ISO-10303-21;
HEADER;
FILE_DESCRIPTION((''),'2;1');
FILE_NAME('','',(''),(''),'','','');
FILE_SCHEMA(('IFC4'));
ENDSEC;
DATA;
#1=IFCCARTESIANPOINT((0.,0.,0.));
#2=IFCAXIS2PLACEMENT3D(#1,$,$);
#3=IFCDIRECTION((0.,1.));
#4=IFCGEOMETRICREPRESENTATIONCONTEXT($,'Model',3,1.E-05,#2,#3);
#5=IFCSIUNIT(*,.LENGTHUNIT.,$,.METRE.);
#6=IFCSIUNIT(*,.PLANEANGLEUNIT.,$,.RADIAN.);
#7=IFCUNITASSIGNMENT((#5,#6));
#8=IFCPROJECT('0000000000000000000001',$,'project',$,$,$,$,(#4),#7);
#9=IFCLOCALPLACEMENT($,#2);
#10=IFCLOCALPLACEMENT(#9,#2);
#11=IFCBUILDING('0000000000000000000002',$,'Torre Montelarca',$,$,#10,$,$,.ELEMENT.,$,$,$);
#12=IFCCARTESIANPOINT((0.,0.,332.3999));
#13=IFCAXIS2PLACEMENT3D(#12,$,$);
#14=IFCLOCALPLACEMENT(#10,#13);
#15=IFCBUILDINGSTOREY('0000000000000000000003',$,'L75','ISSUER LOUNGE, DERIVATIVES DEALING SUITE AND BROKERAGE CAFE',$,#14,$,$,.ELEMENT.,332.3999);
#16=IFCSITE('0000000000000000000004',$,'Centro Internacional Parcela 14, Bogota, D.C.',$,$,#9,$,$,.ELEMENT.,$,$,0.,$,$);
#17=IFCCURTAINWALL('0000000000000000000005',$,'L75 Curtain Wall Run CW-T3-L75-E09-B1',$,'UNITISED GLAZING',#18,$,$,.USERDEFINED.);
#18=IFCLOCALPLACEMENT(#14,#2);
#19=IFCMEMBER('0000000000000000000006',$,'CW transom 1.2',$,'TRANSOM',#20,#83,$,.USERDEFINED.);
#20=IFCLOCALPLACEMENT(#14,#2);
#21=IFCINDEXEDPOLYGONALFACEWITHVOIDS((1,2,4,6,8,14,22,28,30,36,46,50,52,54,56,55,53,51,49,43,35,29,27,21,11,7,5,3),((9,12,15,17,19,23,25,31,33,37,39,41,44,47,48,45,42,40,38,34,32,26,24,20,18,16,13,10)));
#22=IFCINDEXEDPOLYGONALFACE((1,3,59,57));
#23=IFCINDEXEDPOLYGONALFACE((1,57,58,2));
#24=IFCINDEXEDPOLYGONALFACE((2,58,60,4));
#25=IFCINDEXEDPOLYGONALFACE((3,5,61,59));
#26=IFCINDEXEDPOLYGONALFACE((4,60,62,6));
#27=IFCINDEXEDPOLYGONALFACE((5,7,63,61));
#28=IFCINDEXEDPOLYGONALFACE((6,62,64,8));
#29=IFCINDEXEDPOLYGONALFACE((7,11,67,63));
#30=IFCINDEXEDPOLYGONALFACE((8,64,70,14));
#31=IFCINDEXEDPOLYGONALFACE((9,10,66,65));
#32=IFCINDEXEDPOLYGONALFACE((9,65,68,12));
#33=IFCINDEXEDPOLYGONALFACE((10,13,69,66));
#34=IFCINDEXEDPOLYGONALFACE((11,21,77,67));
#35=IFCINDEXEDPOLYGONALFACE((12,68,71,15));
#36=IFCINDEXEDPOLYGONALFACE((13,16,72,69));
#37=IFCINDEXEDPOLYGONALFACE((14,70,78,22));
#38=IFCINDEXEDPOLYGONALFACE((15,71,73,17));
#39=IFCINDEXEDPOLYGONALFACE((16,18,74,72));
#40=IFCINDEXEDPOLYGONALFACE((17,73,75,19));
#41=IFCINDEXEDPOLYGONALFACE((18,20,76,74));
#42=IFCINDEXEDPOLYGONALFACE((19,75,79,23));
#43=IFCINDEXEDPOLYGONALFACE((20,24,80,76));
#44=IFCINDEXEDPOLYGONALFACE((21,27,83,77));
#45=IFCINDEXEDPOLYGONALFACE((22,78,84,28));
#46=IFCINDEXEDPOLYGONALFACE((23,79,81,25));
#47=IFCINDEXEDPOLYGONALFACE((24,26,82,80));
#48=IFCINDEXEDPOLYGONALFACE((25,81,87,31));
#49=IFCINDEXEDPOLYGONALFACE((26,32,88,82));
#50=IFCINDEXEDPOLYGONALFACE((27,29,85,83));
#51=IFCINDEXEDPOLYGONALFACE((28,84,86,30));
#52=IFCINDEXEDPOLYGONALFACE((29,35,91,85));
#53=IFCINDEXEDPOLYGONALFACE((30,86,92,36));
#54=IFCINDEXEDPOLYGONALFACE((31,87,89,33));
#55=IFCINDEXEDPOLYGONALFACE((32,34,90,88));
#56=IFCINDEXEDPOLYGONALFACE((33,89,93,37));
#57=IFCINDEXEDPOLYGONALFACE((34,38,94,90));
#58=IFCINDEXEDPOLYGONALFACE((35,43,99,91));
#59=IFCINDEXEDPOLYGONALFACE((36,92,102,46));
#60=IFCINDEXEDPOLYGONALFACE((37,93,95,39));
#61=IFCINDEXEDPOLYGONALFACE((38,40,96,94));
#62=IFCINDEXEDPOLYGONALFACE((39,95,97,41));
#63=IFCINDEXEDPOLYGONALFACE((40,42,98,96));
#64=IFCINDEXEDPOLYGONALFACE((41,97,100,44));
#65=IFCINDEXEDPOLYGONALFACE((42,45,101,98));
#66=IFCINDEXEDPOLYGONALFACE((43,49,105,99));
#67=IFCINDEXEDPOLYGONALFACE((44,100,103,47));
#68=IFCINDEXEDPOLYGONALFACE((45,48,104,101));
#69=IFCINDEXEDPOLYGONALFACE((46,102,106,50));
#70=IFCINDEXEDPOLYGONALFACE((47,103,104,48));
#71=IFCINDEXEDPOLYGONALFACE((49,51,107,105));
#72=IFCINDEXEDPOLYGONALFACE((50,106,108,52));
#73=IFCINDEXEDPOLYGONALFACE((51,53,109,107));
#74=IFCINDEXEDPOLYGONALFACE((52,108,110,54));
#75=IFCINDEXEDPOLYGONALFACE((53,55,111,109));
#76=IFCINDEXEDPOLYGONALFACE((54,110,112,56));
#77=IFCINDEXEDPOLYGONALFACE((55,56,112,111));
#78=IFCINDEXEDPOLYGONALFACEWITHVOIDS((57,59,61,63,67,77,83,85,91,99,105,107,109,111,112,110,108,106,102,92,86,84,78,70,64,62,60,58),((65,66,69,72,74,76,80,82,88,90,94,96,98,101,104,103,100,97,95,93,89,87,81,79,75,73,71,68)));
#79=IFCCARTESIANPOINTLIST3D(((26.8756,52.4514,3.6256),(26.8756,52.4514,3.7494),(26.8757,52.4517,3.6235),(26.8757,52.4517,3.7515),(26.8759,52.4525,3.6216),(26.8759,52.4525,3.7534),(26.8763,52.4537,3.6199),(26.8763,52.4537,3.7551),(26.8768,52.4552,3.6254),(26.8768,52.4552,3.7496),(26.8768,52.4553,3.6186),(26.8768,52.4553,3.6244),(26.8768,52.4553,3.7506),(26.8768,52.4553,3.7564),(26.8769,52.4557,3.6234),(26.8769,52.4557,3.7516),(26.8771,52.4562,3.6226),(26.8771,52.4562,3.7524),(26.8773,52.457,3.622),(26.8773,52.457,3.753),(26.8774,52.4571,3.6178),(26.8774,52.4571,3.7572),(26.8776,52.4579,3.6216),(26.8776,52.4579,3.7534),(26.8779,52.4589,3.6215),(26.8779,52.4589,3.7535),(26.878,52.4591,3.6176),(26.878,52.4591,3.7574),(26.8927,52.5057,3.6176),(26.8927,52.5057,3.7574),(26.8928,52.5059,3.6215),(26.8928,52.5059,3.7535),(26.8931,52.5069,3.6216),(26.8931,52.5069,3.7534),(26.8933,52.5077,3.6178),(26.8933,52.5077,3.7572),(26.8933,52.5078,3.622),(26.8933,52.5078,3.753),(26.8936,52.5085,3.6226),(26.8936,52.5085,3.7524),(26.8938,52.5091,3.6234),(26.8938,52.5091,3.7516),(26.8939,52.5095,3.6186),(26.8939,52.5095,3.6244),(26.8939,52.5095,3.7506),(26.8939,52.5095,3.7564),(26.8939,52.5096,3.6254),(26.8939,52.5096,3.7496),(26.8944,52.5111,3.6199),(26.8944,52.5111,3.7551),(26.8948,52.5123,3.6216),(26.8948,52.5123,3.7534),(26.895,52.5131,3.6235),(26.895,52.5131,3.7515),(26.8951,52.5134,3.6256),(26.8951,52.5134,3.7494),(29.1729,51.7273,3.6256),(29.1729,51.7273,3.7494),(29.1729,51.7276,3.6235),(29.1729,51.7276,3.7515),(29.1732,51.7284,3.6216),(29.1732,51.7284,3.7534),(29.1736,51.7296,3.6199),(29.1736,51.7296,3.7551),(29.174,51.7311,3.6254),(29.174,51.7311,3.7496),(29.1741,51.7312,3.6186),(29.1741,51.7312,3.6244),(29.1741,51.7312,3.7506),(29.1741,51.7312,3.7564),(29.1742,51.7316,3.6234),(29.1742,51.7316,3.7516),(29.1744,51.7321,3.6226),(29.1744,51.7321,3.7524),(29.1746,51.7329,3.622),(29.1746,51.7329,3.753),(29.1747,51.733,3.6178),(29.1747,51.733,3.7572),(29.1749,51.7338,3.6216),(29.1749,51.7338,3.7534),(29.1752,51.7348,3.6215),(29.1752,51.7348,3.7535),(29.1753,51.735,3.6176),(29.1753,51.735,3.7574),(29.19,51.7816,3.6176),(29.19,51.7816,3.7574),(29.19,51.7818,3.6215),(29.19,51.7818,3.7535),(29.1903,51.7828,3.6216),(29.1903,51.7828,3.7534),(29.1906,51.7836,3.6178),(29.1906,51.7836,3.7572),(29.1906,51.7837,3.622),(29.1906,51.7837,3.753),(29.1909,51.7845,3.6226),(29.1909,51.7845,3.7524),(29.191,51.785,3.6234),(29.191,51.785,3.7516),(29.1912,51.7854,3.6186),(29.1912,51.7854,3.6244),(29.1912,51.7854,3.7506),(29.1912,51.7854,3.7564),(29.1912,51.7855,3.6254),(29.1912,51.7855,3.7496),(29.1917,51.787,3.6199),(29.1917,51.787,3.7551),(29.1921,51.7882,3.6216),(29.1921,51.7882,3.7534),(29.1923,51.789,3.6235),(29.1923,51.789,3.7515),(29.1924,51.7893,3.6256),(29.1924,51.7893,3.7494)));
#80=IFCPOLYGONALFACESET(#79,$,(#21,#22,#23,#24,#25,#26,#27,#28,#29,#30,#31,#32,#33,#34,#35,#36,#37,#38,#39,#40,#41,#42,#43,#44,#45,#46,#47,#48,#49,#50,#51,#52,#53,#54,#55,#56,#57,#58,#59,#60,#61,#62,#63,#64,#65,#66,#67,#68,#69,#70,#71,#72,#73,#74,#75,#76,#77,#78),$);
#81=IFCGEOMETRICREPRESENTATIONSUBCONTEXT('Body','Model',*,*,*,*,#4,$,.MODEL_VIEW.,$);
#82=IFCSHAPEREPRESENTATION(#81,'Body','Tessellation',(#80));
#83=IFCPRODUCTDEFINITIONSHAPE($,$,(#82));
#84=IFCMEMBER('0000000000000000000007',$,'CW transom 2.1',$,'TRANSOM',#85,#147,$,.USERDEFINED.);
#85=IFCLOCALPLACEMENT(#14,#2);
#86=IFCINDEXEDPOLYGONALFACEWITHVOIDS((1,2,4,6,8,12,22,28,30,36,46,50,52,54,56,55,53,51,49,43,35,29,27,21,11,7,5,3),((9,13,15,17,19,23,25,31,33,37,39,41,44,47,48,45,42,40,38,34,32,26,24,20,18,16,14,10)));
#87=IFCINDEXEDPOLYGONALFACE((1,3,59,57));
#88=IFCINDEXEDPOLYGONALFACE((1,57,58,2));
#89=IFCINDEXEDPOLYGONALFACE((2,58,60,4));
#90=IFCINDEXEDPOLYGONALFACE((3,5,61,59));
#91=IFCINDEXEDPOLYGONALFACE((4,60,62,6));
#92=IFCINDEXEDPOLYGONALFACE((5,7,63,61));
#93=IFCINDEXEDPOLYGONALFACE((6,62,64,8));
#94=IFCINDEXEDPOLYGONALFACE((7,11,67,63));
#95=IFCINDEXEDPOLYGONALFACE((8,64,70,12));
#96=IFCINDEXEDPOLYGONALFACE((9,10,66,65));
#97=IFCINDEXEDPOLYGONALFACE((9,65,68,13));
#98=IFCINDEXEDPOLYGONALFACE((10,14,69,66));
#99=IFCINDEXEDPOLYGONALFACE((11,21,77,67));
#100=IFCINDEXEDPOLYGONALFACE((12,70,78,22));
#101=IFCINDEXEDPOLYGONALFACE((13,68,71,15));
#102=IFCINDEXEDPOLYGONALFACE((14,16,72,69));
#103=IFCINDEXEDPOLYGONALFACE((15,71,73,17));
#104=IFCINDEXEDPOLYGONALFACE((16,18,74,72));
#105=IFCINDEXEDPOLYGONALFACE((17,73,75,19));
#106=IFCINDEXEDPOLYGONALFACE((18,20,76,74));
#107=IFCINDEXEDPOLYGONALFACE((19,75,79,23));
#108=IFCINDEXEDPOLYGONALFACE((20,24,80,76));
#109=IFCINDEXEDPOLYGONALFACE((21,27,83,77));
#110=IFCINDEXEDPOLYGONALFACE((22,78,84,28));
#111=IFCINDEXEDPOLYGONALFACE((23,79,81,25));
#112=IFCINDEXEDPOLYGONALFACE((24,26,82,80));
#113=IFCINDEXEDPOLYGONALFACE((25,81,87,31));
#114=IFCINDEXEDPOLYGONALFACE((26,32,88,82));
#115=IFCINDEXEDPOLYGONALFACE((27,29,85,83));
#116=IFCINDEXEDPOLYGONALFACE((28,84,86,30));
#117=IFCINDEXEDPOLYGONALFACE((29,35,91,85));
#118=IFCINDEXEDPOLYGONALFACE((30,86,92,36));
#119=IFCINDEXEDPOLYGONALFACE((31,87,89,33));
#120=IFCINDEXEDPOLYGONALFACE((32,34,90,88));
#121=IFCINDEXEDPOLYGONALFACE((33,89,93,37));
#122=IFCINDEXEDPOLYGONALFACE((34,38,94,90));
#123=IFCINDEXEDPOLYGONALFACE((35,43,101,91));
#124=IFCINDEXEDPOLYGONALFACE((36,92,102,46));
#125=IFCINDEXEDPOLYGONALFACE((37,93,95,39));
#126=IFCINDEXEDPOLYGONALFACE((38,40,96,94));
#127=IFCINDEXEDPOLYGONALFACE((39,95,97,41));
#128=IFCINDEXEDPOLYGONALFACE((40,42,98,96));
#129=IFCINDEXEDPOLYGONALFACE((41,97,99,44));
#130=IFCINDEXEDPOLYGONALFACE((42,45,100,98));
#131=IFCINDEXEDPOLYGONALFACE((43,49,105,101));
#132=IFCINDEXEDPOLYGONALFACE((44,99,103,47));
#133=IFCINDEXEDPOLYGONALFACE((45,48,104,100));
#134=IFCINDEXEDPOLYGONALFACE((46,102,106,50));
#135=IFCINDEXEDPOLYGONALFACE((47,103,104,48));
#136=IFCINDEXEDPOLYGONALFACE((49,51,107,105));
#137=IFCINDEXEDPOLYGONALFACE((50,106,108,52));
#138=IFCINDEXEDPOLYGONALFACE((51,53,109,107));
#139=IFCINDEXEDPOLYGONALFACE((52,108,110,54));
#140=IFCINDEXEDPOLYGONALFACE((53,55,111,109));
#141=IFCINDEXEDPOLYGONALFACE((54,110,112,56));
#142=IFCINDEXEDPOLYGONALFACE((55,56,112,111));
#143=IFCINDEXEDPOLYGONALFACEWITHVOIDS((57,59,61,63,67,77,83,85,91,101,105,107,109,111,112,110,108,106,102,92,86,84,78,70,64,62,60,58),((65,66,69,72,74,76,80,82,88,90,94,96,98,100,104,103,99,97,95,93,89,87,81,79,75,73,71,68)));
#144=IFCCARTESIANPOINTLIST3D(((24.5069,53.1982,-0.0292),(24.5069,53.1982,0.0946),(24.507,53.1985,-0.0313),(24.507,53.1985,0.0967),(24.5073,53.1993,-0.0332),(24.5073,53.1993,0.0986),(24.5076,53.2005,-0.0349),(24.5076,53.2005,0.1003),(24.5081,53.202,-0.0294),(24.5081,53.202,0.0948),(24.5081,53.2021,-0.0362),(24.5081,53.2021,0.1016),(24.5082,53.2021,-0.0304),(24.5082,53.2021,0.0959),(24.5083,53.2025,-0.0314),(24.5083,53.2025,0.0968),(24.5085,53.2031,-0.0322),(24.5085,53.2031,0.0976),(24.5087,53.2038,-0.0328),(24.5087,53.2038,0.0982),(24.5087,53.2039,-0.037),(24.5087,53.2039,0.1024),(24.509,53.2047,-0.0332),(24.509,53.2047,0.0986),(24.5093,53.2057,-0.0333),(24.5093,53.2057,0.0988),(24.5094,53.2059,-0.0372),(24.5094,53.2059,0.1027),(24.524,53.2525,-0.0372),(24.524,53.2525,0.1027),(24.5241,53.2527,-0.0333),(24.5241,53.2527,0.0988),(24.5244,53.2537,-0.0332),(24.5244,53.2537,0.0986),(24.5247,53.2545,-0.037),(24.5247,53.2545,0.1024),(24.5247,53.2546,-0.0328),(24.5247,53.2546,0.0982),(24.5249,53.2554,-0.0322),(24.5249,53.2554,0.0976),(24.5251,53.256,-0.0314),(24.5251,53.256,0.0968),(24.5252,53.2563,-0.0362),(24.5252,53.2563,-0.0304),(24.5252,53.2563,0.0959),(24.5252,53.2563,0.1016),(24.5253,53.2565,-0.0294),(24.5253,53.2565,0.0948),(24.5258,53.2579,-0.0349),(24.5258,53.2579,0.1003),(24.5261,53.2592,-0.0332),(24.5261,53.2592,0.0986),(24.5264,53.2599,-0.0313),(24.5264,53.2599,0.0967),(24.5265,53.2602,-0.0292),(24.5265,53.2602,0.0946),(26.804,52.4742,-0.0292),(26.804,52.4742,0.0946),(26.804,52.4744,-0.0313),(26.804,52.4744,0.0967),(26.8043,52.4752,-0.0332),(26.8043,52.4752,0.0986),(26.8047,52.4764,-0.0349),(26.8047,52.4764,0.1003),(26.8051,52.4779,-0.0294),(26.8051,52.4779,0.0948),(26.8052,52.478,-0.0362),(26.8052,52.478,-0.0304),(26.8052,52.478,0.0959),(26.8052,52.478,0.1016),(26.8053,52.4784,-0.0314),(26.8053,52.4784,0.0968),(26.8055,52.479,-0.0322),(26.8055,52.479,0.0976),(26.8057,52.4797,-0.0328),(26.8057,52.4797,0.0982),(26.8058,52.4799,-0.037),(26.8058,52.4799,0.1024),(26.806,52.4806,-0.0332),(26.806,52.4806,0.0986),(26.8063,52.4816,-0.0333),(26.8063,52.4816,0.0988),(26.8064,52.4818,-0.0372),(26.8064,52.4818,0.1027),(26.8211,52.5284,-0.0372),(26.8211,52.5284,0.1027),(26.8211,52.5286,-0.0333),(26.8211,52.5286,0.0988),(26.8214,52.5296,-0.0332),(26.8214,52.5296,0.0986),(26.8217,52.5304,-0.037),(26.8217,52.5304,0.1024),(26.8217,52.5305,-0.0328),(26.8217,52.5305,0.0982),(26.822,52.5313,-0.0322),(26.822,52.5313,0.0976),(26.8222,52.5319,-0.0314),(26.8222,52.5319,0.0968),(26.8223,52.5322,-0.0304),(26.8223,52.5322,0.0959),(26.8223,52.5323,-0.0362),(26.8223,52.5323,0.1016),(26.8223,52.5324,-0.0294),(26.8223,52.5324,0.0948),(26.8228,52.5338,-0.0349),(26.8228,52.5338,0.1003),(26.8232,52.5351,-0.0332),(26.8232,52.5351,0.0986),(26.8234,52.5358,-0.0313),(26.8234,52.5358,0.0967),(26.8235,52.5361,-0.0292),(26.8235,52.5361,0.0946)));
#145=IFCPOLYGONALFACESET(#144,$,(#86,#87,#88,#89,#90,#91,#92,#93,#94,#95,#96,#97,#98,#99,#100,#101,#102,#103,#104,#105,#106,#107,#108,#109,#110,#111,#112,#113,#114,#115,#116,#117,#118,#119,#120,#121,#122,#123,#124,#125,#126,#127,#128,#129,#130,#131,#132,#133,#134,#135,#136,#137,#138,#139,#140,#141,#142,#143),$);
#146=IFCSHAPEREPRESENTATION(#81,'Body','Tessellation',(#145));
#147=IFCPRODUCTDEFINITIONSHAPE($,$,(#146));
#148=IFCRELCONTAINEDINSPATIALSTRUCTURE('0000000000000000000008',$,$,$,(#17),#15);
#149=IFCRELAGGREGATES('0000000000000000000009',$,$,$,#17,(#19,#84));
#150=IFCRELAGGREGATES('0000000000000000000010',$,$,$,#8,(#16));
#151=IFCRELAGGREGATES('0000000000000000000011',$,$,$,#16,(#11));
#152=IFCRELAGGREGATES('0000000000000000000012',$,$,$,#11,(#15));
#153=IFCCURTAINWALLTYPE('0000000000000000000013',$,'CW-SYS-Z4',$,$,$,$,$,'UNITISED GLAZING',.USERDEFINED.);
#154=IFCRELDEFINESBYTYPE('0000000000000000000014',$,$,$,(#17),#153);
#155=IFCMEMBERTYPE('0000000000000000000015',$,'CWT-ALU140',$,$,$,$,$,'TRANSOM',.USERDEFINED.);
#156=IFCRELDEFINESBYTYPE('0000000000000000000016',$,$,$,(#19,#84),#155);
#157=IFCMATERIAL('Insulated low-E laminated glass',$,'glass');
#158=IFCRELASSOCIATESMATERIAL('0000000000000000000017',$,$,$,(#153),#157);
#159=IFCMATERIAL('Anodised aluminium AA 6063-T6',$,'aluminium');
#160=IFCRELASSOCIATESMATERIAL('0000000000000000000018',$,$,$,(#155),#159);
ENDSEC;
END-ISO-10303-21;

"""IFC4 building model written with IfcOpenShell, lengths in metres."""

from ifc_helpers import new_model, si_unit, direction, frame, origin, origin_2d, place, context, subcontext, project, spatial, hollow_rectangle, extrude, source, transform, mapped, material, material_profile, profile_set, type_object, element, aggregate, save


model = new_model("IFC4")

# Units and contexts
model_context = context("Model", 3, precision=1e-05, world=origin(), true_north=direction((0.0, 1.0)))
body_context = subcontext(model_context, "Body", "Model", "MODEL_VIEW")
ifc_project = project(units=[si_unit("LENGTHUNIT", "METRE"), si_unit("PLANEANGLEUNIT", "RADIAN")], contexts=[model_context])

# Site, building, storey
site_placement = place(None, origin())
site = spatial("IfcSite", under=ifc_project, at=site_placement, Name="Centro Internacional Parcela 14, Bogota, D.C.", CompositionType="ELEMENT", RefElevation=0.0)
building_placement = place(site_placement, origin())
building = spatial("IfcBuilding", under=site, at=building_placement, Name="Torre Montelarca", CompositionType="ELEMENT")
storey_placement = place(building_placement, frame((0.0, 0.0, 332.3999)))
storey = spatial("IfcBuildingStorey", under=building, at=storey_placement, Name="L75", Description="ISSUER LOUNGE, DERIVATIVES DEALING SUITE AND BROKERAGE CAFE", CompositionType="ELEMENT", Elevation=332.3999)

# Curtain wall, members
ifc_material_1 = material(Name="Insulated low-E laminated glass", Category="glass")
curtain_wall_type = type_object("IfcCurtainWallType", Name="CW-SYS-Z4", ElementType="UNITISED GLAZING", PredefinedType="USERDEFINED", material=ifc_material_1)
ifc_material_2 = material(Name="Anodised aluminium AA 6063-T6", Category="aluminium")
curtain_wall_1_placement = place(storey_placement, origin())
curtain_wall_1 = element("IfcCurtainWall", 1, at=curtain_wall_1_placement, inside=storey, type_object=curtain_wall_type, Name="L75 Curtain Wall Run CW-T3-L75-E09-B1", ObjectType="UNITISED GLAZING", PredefinedType="USERDEFINED")
ifc_material_profile_1 = material_profile(ifc_material_2, hollow_rectangle(XDim=0.0649, YDim=0.1399, WallThickness=0.0039, InnerFilletRadius=0.0039, OuterFilletRadius=0.0081, at=origin_2d()), Name="ALU65X140X4", Category="aluminium")
ifc_profile_set_1 = profile_set([ifc_material_profile_1], Name="Anodised aluminium AA 6063-T6")
member_type_1 = type_object("IfcMemberType", Name="CWT-ALU140", ElementType="TRANSOM", PredefinedType="USERDEFINED", material=ifc_profile_set_1)
shared_shape_1 = source(origin(), body_context, "Body", "SweptSolid", [
    extrude(hollow_rectangle(XDim=0.0649, YDim=0.1399, WallThickness=0.0039, InnerFilletRadius=0.0039, OuterFilletRadius=0.0081, at=origin_2d()), origin(), (0.0, 0.0, 1.0), 2.4087),
])
member_1_placement = place(storey_placement, frame((29.1826, 51.7583, 3.6875), z_axis=(-0.953745, 0.300617, 0.0), x_axis=(-0.300617, -0.953745, 0.0)))
member_1 = element("IfcMember", 2, at=member_1_placement, type_object=member_type_1, Name="CW transom 1.2", ObjectType="TRANSOM", PredefinedType="USERDEFINED", context=body_context, shape_type="MappedRepresentation", body=[
    mapped(shared_shape_1, transform((0.0, 0.0, 0.0), scale=1.0)),
])
shared_shape_2 = source(origin(), body_context, "Body", "SweptSolid", [
    extrude(hollow_rectangle(XDim=0.0649, YDim=0.1399, WallThickness=0.0039, InnerFilletRadius=0.0039, OuterFilletRadius=0.0081, at=origin_2d()), origin(), (0.0, 0.0, 1.0), 2.4084),
])
member_2_placement = place(storey_placement, frame((26.8137, 52.5051, 0.0327), z_axis=(-0.953736, 0.300646, 0.0), x_axis=(-0.300646, -0.953736, 0.0)))
member_2 = element("IfcMember", 3, at=member_2_placement, type_object=member_type_1, Name="CW transom 2.1", ObjectType="TRANSOM", PredefinedType="USERDEFINED", context=body_context, shape_type="MappedRepresentation", body=[
    mapped(shared_shape_2, transform((0.0, 0.0, 0.0), scale=1.0)),
])

aggregate(curtain_wall_1, [member_1, member_2])

save(model, "model.ifc")
